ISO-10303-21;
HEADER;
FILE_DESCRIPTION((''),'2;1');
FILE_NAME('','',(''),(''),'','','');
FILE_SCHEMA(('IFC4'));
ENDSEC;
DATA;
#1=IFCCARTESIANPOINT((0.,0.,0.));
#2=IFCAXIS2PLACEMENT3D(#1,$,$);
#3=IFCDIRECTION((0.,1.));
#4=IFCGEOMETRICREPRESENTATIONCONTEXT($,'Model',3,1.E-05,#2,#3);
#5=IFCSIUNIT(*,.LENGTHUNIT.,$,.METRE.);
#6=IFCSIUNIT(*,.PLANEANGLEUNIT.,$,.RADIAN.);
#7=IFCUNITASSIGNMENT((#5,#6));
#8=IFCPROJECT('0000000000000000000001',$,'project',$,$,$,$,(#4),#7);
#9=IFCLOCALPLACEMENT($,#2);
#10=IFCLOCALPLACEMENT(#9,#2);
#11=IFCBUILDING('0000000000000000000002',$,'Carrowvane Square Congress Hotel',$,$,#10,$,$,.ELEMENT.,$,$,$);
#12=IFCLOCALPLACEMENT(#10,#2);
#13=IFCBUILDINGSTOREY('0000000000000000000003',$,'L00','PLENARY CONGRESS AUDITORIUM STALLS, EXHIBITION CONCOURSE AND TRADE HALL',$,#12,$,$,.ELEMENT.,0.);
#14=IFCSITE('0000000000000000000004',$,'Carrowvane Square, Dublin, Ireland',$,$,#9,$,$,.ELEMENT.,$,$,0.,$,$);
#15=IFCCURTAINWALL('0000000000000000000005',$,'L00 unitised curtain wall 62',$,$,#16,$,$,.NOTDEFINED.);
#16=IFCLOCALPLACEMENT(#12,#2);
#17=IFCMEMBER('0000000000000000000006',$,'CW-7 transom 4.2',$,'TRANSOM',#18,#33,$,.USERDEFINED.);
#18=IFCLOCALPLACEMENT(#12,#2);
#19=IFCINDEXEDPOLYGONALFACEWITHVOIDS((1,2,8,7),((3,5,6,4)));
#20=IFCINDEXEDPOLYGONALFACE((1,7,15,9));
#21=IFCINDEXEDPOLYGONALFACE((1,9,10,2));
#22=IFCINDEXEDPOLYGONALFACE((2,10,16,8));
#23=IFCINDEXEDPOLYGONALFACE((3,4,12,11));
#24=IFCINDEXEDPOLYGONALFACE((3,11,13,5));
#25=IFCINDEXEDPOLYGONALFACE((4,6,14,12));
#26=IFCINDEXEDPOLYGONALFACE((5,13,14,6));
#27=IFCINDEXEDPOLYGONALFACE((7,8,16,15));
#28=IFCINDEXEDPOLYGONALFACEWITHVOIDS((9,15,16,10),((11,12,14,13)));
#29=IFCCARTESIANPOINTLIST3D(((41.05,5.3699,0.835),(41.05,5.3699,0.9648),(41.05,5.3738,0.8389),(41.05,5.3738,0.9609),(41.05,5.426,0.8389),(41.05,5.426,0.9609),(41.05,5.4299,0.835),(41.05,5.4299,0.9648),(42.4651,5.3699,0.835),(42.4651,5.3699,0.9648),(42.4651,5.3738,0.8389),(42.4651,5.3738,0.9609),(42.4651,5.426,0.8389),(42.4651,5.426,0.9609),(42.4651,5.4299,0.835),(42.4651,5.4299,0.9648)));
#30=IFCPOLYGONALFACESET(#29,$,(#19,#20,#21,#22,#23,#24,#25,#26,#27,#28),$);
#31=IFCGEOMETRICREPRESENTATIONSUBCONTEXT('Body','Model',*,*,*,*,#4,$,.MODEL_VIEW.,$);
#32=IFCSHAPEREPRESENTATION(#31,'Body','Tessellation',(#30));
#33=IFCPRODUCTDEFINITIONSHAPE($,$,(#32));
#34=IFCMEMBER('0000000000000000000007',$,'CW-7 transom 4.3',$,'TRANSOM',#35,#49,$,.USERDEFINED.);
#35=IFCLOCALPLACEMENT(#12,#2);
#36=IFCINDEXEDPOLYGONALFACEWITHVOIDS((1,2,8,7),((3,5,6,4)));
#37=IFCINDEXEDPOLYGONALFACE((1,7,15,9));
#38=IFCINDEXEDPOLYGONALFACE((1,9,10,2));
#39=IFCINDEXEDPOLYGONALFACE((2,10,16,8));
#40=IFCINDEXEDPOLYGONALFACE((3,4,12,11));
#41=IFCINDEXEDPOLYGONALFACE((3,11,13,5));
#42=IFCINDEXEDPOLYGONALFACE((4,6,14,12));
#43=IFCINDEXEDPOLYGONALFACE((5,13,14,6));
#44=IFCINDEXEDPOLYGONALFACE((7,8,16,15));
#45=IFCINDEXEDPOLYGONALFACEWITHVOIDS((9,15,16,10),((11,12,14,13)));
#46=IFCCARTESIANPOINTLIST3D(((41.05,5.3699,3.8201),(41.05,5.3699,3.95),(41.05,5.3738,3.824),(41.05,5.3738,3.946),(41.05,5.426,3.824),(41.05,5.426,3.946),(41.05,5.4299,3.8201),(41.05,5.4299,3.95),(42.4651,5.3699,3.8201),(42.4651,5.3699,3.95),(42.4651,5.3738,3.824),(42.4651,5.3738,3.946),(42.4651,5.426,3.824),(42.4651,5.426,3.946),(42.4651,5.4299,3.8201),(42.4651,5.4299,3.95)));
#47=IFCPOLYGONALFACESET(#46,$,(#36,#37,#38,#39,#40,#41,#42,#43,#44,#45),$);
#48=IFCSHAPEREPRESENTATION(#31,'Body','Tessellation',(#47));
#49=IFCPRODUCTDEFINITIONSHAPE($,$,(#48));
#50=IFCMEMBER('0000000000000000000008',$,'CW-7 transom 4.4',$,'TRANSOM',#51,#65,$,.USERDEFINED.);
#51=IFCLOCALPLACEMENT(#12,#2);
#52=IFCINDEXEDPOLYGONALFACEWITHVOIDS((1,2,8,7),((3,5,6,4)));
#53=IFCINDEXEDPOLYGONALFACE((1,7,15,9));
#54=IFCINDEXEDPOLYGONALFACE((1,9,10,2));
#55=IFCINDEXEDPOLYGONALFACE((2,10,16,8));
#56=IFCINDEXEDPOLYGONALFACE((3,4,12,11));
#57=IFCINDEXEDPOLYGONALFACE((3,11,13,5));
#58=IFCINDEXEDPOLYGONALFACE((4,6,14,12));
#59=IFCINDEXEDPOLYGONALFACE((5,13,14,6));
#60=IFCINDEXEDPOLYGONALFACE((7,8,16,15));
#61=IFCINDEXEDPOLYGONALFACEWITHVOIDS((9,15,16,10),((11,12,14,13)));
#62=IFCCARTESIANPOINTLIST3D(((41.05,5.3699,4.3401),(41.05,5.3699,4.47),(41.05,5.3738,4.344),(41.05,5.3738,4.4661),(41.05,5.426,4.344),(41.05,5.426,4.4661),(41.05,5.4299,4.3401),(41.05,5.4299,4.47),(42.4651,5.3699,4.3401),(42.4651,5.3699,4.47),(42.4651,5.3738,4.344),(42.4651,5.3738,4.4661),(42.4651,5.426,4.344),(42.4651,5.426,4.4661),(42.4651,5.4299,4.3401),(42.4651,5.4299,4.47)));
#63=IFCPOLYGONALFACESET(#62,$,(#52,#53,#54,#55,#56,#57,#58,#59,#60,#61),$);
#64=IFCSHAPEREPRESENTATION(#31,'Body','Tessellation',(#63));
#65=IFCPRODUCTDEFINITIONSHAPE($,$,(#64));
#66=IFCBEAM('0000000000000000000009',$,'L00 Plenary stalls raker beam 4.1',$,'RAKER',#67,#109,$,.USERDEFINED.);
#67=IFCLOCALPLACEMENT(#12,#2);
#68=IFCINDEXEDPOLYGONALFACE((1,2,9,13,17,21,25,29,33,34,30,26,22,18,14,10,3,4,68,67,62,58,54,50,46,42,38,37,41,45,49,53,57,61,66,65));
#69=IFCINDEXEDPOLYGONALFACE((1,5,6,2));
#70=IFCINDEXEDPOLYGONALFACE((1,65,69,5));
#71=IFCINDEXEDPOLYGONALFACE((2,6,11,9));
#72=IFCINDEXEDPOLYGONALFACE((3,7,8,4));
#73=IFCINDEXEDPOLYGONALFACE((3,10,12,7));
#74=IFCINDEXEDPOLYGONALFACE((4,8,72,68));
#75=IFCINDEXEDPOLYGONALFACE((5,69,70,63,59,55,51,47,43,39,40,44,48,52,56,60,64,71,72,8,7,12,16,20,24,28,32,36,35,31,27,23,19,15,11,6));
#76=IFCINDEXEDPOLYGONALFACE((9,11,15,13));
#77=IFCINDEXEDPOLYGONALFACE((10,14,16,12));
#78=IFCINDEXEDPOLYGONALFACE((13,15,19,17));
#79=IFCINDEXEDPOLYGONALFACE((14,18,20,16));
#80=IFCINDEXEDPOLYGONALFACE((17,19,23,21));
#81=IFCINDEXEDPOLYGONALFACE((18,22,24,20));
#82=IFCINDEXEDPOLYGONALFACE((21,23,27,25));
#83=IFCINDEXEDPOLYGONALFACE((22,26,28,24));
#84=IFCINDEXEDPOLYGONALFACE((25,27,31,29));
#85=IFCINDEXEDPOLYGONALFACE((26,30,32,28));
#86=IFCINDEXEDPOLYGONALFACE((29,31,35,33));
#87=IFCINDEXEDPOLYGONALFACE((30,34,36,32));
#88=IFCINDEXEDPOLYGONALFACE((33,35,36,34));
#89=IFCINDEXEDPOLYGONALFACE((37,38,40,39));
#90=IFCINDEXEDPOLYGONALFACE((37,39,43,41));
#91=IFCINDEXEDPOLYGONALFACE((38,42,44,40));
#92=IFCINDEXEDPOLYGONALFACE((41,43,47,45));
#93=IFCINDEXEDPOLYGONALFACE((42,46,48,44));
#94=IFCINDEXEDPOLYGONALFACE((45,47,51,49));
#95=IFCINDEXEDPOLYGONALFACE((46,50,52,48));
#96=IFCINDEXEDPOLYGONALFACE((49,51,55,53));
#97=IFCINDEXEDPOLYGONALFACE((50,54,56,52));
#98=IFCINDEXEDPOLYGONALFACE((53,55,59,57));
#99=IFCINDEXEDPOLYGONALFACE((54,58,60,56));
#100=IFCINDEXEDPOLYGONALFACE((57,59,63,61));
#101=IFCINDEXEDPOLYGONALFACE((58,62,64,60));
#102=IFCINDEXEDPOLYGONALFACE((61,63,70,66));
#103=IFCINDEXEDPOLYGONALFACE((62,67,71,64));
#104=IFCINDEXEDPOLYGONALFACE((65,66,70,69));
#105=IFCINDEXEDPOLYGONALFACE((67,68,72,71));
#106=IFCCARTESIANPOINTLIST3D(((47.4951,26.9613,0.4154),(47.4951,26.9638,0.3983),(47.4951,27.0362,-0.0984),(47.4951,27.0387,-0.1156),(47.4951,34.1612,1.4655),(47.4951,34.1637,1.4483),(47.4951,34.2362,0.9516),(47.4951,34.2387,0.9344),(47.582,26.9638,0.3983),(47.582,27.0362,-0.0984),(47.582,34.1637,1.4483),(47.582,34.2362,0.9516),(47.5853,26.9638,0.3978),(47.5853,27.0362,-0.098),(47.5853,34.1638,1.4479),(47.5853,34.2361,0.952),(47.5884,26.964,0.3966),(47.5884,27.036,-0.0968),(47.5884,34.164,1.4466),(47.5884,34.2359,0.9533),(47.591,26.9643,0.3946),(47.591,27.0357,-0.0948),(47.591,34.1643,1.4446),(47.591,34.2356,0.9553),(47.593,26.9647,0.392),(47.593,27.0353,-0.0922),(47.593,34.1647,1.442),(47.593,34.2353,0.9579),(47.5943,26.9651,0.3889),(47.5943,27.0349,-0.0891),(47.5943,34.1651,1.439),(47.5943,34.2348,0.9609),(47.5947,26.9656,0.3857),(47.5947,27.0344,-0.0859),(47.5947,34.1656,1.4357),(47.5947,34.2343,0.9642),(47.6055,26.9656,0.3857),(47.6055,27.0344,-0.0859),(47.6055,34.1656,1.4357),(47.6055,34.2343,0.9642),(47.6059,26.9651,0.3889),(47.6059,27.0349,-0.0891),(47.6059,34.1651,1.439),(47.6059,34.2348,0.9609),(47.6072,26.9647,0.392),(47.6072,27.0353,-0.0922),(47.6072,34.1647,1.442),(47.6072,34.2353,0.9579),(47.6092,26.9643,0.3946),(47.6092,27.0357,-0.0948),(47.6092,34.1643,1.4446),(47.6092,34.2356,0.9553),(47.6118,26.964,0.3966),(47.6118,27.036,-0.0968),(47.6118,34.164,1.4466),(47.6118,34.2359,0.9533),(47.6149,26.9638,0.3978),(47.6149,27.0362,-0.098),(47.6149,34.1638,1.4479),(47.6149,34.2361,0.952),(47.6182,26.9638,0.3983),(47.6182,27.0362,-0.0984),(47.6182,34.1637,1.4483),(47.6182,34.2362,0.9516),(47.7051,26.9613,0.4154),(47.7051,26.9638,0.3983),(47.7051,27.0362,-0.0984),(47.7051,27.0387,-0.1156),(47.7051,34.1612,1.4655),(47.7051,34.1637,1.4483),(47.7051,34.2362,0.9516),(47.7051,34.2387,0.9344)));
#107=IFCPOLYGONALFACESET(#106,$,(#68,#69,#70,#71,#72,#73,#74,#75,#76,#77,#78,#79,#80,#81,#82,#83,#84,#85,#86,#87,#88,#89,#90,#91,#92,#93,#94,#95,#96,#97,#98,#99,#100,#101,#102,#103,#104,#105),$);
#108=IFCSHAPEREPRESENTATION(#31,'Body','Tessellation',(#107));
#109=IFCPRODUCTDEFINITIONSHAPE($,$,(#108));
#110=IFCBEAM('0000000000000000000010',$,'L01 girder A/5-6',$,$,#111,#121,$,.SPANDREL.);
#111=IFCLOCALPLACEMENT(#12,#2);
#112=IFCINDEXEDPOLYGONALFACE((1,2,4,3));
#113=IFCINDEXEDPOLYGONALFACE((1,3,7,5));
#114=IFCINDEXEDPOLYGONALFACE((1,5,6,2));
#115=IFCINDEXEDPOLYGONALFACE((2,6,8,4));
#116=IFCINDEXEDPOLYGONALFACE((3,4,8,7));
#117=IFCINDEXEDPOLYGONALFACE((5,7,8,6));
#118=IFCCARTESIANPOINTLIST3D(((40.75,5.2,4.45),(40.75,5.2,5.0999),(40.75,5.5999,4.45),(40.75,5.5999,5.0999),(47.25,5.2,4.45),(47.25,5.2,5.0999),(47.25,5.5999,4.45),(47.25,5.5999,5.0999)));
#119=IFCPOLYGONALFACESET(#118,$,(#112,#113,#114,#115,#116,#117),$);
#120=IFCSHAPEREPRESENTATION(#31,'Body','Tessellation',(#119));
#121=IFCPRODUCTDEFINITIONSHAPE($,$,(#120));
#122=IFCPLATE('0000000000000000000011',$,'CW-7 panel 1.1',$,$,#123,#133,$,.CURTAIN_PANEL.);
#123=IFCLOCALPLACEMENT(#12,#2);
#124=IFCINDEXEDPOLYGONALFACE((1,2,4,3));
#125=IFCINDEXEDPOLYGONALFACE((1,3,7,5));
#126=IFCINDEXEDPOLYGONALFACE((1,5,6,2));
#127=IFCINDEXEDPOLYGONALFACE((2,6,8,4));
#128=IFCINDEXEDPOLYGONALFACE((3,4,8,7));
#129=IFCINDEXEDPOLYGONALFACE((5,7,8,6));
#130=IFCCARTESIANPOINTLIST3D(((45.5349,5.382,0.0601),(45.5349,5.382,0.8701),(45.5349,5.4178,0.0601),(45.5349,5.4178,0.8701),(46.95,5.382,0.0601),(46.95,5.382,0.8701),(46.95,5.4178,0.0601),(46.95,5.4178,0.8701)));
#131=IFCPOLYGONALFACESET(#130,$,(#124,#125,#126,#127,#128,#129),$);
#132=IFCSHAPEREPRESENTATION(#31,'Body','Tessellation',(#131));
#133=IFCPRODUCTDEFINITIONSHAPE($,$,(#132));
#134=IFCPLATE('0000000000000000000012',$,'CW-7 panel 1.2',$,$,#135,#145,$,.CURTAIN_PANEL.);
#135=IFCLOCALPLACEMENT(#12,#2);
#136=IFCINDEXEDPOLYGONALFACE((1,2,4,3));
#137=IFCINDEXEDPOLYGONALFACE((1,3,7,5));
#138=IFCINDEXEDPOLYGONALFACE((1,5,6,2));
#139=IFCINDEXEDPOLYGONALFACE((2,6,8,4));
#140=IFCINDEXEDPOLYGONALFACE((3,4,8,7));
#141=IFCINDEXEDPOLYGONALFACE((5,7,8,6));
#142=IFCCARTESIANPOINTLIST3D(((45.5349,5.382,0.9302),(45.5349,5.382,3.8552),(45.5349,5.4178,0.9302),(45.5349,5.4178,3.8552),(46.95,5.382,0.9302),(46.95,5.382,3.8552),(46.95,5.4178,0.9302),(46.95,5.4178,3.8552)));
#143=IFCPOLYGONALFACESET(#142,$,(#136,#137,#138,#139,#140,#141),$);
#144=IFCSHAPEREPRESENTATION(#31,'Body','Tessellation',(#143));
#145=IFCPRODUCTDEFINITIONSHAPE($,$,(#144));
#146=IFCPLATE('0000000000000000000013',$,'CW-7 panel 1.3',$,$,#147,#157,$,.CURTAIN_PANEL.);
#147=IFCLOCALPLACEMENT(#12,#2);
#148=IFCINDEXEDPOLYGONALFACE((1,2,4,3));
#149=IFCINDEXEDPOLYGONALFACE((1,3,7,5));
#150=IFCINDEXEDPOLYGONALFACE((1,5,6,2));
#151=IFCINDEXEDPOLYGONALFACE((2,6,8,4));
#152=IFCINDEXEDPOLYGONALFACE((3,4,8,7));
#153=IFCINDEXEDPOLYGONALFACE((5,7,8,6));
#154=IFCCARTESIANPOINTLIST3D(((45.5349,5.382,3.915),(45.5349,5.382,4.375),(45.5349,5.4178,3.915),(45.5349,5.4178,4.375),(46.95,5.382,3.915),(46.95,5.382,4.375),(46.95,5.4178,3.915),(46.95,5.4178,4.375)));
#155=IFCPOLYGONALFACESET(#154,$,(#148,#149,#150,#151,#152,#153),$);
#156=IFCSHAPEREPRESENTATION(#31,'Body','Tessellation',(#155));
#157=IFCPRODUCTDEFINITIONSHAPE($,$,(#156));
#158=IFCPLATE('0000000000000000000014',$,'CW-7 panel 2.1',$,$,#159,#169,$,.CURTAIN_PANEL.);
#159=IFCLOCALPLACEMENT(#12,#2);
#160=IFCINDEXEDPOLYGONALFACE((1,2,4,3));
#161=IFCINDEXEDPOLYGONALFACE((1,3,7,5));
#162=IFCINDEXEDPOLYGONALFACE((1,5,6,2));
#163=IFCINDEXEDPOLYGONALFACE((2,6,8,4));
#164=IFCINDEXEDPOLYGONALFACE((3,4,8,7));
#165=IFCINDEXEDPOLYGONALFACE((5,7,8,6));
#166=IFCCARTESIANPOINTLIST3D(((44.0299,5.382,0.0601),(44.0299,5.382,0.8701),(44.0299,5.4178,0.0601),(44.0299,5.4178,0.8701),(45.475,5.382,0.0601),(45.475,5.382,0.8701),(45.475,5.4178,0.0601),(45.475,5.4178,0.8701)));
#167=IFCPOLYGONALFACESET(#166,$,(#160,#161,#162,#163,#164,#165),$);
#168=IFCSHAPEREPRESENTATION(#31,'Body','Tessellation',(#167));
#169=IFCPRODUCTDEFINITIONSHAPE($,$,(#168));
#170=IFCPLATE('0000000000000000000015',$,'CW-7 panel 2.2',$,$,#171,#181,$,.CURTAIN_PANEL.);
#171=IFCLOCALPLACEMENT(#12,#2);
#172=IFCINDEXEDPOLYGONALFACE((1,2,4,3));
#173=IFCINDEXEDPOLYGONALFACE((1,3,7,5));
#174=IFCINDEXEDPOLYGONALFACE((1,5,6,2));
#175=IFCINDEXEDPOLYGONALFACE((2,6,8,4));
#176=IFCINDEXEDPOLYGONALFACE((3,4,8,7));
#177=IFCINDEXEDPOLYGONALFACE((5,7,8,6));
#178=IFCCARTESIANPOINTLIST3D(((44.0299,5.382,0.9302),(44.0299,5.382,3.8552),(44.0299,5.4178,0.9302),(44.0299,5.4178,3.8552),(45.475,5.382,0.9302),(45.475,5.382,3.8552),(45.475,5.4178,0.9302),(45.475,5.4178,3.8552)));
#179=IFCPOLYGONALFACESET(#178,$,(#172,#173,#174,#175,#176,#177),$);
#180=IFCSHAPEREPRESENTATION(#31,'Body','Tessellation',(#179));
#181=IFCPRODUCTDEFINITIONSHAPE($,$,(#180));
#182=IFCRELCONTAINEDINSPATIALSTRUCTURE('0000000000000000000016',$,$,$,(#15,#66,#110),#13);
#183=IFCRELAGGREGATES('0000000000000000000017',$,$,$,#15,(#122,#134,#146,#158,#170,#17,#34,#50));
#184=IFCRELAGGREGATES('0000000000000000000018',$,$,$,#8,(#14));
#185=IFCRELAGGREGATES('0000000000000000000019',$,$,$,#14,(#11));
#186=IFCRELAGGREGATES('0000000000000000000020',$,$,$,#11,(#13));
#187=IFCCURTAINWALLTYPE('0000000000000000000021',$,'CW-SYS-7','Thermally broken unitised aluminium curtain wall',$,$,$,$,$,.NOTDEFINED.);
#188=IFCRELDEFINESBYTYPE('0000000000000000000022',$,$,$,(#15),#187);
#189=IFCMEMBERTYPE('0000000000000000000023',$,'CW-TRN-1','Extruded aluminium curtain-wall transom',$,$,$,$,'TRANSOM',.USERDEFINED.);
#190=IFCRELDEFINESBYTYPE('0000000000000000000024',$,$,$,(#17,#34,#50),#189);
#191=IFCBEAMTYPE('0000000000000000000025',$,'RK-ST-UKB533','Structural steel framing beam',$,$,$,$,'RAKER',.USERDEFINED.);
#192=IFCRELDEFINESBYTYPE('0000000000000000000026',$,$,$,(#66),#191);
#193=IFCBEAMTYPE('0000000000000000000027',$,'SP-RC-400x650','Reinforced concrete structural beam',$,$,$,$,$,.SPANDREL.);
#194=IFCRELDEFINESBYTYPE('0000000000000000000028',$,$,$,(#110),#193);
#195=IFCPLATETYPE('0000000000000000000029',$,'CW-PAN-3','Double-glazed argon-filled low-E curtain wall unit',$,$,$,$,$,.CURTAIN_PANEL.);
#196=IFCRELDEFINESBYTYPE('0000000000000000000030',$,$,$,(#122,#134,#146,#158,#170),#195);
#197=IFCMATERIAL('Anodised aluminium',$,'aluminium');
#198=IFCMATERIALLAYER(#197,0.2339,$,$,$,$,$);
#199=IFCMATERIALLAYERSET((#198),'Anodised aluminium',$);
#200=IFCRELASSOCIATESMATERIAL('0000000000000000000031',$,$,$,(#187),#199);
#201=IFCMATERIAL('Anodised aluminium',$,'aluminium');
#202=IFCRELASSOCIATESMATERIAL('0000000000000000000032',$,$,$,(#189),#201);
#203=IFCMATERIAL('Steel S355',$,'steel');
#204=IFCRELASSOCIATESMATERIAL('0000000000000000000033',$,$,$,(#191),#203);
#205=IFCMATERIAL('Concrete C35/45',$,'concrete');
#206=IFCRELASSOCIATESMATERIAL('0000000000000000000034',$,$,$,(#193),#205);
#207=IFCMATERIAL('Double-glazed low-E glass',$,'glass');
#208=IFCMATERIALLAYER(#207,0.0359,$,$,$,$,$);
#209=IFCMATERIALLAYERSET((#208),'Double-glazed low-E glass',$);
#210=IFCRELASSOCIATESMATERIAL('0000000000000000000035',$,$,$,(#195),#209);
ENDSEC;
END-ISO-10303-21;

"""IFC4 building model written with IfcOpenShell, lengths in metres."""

from ifc_helpers import new_model, si_unit, direction, frame, origin, origin_2d, place, context, subcontext, project, spatial, rectangle, hollow_rectangle, i_section, extrude, material, layer, layer_set, material_profile, profile_set, type_object, element, aggregate, save


model = new_model("IFC4")

# Units and contexts
model_context = context("Model", 3, precision=1e-05, world=origin(), true_north=direction((0.0, 1.0)))
body_context = subcontext(model_context, "Body", "Model", "MODEL_VIEW")
ifc_project = project(units=[si_unit("LENGTHUNIT", "METRE"), si_unit("PLANEANGLEUNIT", "RADIAN")], contexts=[model_context])

# Site, building, storey
site_placement = place(None, origin())
site = spatial("IfcSite", under=ifc_project, at=site_placement, Name="Carrowvane Square, Dublin, Ireland", CompositionType="ELEMENT", RefElevation=0.0)
building_placement = place(site_placement, origin())
building = spatial("IfcBuilding", under=site, at=building_placement, Name="Carrowvane Square Congress Hotel", CompositionType="ELEMENT")
storey_placement = place(building_placement, origin())
storey = spatial("IfcBuildingStorey", under=building, at=storey_placement, Name="L00", Description="PLENARY CONGRESS AUDITORIUM STALLS, EXHIBITION CONCOURSE AND TRADE HALL", CompositionType="ELEMENT", Elevation=0.0)

# Curtain wall, members
ifc_material_1 = material(Name="Anodised aluminium", Category="aluminium")
ifc_layer_1 = layer(ifc_material_1, 0.2339)
ifc_layer_set_1 = layer_set([ifc_layer_1], Name="Anodised aluminium")
curtain_wall_type = type_object("IfcCurtainWallType", Name="CW-SYS-7", Description="Thermally broken unitised aluminium curtain wall", PredefinedType="NOTDEFINED", material=ifc_layer_set_1)
curtain_wall_placement = place(storey_placement, origin())
curtain_wall = element("IfcCurtainWall", 1, at=curtain_wall_placement, inside=storey, type_object=curtain_wall_type, Name="L00 unitised curtain wall 62", PredefinedType="NOTDEFINED")
ifc_material_2 = material(Name="Anodised aluminium", Category="aluminium")
ifc_material_profile_1 = material_profile(ifc_material_2, hollow_rectangle(XDim=0.0601, YDim=0.1299, WallThickness=0.0039, at=origin_2d()), Name="CW-TR 60x130x4")
ifc_profile_set_1 = profile_set([ifc_material_profile_1], Name="Anodised aluminium")
member_type_1 = type_object("IfcMemberType", Name="CW-TRN-1", Description="Extruded aluminium curtain-wall transom", ElementType="TRANSOM", PredefinedType="USERDEFINED", material=ifc_profile_set_1)
member_1_placement = place(storey_placement, frame((42.4651, 5.3999, 0.8999), z_axis=(-1.0, 0.0, 0.0), x_axis=(0.0, -1.0, 0.0)))
member_1 = element("IfcMember", 2, at=member_1_placement, type_object=member_type_1, Name="CW-7 transom 4.2", ObjectType="TRANSOM", PredefinedType="USERDEFINED", context=body_context, shape_type="SweptSolid", body=[
    extrude(hollow_rectangle(XDim=0.0601, YDim=0.1299, WallThickness=0.0039, at=origin_2d()), origin(), (0.0, 0.0, 1.0), 1.415),
])
member_2_placement = place(storey_placement, frame((42.4651, 5.3999, 3.885), z_axis=(-1.0, 0.0, 0.0), x_axis=(0.0, -1.0, 0.0)))
member_2 = element("IfcMember", 3, at=member_2_placement, type_object=member_type_1, Name="CW-7 transom 4.3", ObjectType="TRANSOM", PredefinedType="USERDEFINED", context=body_context, shape_type="SweptSolid", body=[
    extrude(hollow_rectangle(XDim=0.0601, YDim=0.1299, WallThickness=0.0039, at=origin_2d()), origin(), (0.0, 0.0, 1.0), 1.415),
])
member_3_placement = place(storey_placement, frame((42.4651, 5.3999, 4.405), z_axis=(-1.0, 0.0, 0.0), x_axis=(0.0, -1.0, 0.0)))
member_3 = element("IfcMember", 4, at=member_3_placement, type_object=member_type_1, Name="CW-7 transom 4.4", ObjectType="TRANSOM", PredefinedType="USERDEFINED", context=body_context, shape_type="SweptSolid", body=[
    extrude(hollow_rectangle(XDim=0.0601, YDim=0.1299, WallThickness=0.0039, at=origin_2d()), origin(), (0.0, 0.0, 1.0), 1.415),
])

# Beams
ifc_material_3 = material(Name="Steel S355", Category="steel")
ifc_material_profile_2 = material_profile(ifc_material_3, i_section(OverallWidth=0.21, OverallDepth=0.5366, WebThickness=0.0107, FlangeThickness=0.0173, FilletRadius=0.0127, at=origin_2d()), Name="UKB 533x210x101")
ifc_profile_set_2 = profile_set([ifc_material_profile_2], Name="Steel S355")
beam_type_1 = type_object("IfcBeamType", Name="RK-ST-UKB533", Description="Structural steel framing beam", ElementType="RAKER", PredefinedType="USERDEFINED", material=ifc_profile_set_2)
beam_1_placement = place(storey_placement, frame((47.6001, 27.0, 0.1499), z_axis=(0.0, 0.989532, 0.144314), x_axis=(-1.0, 0.0, 0.0)))
element("IfcBeam", 5, at=beam_1_placement, inside=storey, type_object=beam_type_1, Name="L00 Plenary stalls raker beam 4.1", ObjectType="RAKER", PredefinedType="USERDEFINED", context=body_context, shape_type="SweptSolid", body=[
    extrude(i_section(OverallWidth=0.21, OverallDepth=0.5366, WebThickness=0.0107, FlangeThickness=0.0173, FilletRadius=0.0127, at=origin_2d()), origin(), (0.0, 0.0, 1.0), 7.2761),
])
ifc_material_4 = material(Name="Concrete C35/45", Category="concrete")
ifc_material_profile_3 = material_profile(ifc_material_4, rectangle(XDim=0.3999, YDim=0.6499, at=origin_2d()), Name="RC 400x650")
ifc_profile_set_3 = profile_set([ifc_material_profile_3], Name="Concrete C35/45")
beam_type_2 = type_object("IfcBeamType", Name="SP-RC-400x650", Description="Reinforced concrete structural beam", PredefinedType="SPANDREL", material=ifc_profile_set_3)
beam_2_placement = place(storey_placement, frame((40.75, 5.3999, 4.7749), z_axis=(1.0, 0.0, 0.0), x_axis=(0.0, 1.0, 0.0)))
element("IfcBeam", 6, at=beam_2_placement, inside=storey, type_object=beam_type_2, Name="L01 girder A/5-6", PredefinedType="SPANDREL", context=body_context, shape_type="SweptSolid", body=[
    extrude(rectangle(XDim=0.3999, YDim=0.6499, at=origin_2d()), origin(), (0.0, 0.0, 1.0), 6.5),
])

# Plates
ifc_material_5 = material(Name="Double-glazed low-E glass", Category="glass")
ifc_layer_2 = layer(ifc_material_5, 0.0359)
ifc_layer_set_2 = layer_set([ifc_layer_2], Name="Double-glazed low-E glass")
plate_type = type_object("IfcPlateType", Name="CW-PAN-3", Description="Double-glazed argon-filled low-E curtain wall unit", PredefinedType="CURTAIN_PANEL", material=ifc_layer_set_2)
plate_1_placement = place(storey_placement, frame((46.2424, 5.3999, 0.0601), z_axis=(0.0, 0.0, 1.0), x_axis=(-1.0, 0.0, 0.0)))
plate_1 = element("IfcPlate", 7, at=plate_1_placement, type_object=plate_type, Name="CW-7 panel 1.1", PredefinedType="CURTAIN_PANEL", context=body_context, shape_type="SweptSolid", body=[
    extrude(rectangle(XDim=1.415, YDim=0.0359, at=origin_2d()), origin(), (0.0, 0.0, 1.0), 0.8101),
])
plate_2_placement = place(storey_placement, frame((46.2424, 5.3999, 0.9302), z_axis=(0.0, 0.0, 1.0), x_axis=(-1.0, 0.0, 0.0)))
plate_2 = element("IfcPlate", 8, at=plate_2_placement, type_object=plate_type, Name="CW-7 panel 1.2", PredefinedType="CURTAIN_PANEL", context=body_context, shape_type="SweptSolid", body=[
    extrude(rectangle(XDim=1.415, YDim=0.0359, at=origin_2d()), origin(), (0.0, 0.0, 1.0), 2.925),
])
plate_3_placement = place(storey_placement, frame((46.2424, 5.3999, 3.915), z_axis=(0.0, 0.0, 1.0), x_axis=(-1.0, 0.0, 0.0)))
plate_3 = element("IfcPlate", 9, at=plate_3_placement, type_object=plate_type, Name="CW-7 panel 1.3", PredefinedType="CURTAIN_PANEL", context=body_context, shape_type="SweptSolid", body=[
    extrude(rectangle(XDim=1.415, YDim=0.0359, at=origin_2d()), origin(), (0.0, 0.0, 1.0), 0.46),
])
plate_4_placement = place(storey_placement, frame((44.7524, 5.3999, 0.0601), z_axis=(0.0, 0.0, 1.0), x_axis=(-1.0, 0.0, 0.0)))
plate_4 = element("IfcPlate", 10, at=plate_4_placement, type_object=plate_type, Name="CW-7 panel 2.1", PredefinedType="CURTAIN_PANEL", context=body_context, shape_type="SweptSolid", body=[
    extrude(rectangle(XDim=1.4451, YDim=0.0359, at=origin_2d()), origin(), (0.0, 0.0, 1.0), 0.8101),
])
plate_5_placement = place(storey_placement, frame((44.7524, 5.3999, 0.9302), z_axis=(0.0, 0.0, 1.0), x_axis=(-1.0, 0.0, 0.0)))
plate_5 = element("IfcPlate", 11, at=plate_5_placement, type_object=plate_type, Name="CW-7 panel 2.2", PredefinedType="CURTAIN_PANEL", context=body_context, shape_type="SweptSolid", body=[
    extrude(rectangle(XDim=1.4451, YDim=0.0359, at=origin_2d()), origin(), (0.0, 0.0, 1.0), 2.925),
])
aggregate(curtain_wall, [plate_1, plate_2, plate_3, plate_4, plate_5, member_1, member_2, member_3])

save(model, "model.ifc")
